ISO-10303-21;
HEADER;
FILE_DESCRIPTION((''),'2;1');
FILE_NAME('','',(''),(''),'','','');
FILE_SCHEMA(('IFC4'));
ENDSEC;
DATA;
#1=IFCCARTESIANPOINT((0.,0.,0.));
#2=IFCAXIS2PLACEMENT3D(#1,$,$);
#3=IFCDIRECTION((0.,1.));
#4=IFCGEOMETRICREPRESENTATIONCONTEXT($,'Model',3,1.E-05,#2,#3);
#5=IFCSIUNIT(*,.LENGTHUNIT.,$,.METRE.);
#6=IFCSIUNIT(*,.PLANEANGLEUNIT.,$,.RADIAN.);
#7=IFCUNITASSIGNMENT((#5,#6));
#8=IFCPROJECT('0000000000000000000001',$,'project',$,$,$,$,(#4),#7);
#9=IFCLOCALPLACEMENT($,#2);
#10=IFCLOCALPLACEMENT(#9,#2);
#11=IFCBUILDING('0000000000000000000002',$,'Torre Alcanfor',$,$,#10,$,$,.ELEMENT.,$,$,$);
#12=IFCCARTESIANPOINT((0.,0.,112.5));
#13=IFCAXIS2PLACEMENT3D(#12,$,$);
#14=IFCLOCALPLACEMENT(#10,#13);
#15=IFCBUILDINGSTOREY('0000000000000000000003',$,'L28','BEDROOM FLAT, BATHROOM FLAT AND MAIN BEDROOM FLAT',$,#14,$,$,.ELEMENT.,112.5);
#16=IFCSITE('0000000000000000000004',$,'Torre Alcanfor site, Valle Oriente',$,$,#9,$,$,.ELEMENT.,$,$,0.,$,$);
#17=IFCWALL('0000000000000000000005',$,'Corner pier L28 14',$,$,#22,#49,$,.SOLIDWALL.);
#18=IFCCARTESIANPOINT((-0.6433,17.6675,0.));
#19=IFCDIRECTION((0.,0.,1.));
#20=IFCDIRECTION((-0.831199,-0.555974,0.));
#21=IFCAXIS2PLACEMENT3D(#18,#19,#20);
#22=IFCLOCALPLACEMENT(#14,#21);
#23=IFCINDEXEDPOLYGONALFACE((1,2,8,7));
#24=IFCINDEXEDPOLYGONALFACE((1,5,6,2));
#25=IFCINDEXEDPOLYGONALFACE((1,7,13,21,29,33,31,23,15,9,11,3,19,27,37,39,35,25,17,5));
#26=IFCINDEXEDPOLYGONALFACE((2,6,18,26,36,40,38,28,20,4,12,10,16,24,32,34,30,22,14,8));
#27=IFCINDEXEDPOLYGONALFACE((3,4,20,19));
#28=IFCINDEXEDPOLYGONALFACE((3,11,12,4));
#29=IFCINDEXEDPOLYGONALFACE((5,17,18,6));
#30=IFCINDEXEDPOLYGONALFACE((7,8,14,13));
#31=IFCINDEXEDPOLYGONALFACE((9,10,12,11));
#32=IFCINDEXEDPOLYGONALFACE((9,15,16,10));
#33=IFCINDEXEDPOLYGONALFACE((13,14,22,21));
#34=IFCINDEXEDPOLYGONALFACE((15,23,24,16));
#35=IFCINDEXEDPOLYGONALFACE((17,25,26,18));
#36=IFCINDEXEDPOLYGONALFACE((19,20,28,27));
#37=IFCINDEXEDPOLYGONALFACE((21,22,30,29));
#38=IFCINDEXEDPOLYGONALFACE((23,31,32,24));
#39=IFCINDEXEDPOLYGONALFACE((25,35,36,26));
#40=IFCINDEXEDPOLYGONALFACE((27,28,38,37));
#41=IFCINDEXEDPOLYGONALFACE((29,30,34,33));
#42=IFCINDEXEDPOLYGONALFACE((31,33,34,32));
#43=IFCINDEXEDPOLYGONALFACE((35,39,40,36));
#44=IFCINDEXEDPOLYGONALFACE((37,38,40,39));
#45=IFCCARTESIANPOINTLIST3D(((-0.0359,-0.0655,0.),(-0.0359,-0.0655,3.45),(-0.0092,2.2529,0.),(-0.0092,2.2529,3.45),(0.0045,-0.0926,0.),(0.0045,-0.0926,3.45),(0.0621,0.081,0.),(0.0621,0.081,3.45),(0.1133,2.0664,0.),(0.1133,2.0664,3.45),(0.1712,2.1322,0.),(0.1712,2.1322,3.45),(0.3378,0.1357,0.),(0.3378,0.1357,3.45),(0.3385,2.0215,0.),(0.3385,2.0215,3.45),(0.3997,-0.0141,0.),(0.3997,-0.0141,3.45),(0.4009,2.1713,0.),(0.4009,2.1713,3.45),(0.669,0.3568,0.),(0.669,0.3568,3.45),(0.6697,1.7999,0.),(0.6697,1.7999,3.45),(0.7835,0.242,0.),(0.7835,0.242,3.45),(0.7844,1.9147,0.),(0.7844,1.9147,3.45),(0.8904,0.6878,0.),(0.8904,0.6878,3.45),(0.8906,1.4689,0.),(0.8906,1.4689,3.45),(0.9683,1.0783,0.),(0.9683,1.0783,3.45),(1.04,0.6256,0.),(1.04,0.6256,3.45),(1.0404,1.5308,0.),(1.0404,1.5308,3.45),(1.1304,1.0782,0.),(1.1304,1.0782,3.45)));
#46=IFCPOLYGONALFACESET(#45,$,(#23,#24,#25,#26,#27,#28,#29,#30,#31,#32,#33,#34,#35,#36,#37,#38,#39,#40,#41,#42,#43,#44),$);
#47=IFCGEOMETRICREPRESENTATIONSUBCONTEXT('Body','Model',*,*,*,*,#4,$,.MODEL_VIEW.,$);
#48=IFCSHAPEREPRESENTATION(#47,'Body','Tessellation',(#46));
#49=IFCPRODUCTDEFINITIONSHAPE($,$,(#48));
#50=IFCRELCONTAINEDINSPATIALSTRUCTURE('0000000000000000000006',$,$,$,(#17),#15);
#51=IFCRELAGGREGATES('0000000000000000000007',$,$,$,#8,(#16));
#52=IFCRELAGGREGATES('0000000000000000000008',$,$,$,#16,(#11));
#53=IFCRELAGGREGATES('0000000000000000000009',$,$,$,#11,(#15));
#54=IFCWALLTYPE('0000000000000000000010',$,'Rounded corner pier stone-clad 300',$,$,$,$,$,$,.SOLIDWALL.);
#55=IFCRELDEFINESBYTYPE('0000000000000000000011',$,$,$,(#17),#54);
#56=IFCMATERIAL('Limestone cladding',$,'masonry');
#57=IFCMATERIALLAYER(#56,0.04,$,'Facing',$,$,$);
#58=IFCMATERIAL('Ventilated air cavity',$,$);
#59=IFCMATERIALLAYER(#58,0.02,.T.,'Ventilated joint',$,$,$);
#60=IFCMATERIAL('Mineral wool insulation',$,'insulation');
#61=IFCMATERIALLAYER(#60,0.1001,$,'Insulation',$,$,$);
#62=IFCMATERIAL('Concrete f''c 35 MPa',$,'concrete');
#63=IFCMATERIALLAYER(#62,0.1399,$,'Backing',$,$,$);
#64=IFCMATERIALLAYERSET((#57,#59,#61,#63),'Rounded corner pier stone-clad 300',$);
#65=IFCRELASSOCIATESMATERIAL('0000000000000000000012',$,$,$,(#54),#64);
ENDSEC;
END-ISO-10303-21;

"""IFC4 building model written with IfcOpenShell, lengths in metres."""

from ifc_helpers import new_model, si_unit, direction, frame, origin, place, context, subcontext, project, spatial, polyline, outline, extrude, material, layer, layer_set, type_object, element, save


model = new_model("IFC4")

# Units and contexts
model_context = context("Model", 3, precision=1e-05, world=origin(), true_north=direction((0.0, 1.0)))
body_context = subcontext(model_context, "Body", "Model", "MODEL_VIEW")
ifc_project = project(units=[si_unit("LENGTHUNIT", "METRE"), si_unit("PLANEANGLEUNIT", "RADIAN")], contexts=[model_context])

# Site, building, storey
site_placement = place(None, origin())
site = spatial("IfcSite", under=ifc_project, at=site_placement, Name="Torre Alcanfor site, Valle Oriente", CompositionType="ELEMENT", RefElevation=0.0)
building_placement = place(site_placement, origin())
building = spatial("IfcBuilding", under=site, at=building_placement, Name="Torre Alcanfor", CompositionType="ELEMENT")
storey_placement = place(building_placement, frame((0.0, 0.0, 112.5)))
storey = spatial("IfcBuildingStorey", under=building, at=storey_placement, Name="L28", Description="BEDROOM FLAT, BATHROOM FLAT AND MAIN BEDROOM FLAT", CompositionType="ELEMENT", Elevation=112.5)

# Shared definitions
ifc_material_1 = material(Name="Limestone cladding", Category="masonry")
ifc_material_2 = material(Name="Ventilated air cavity")
ifc_material_3 = material(Name="Mineral wool insulation", Category="insulation")
ifc_material_4 = material(Name="Concrete f'c 35 MPa", Category="concrete")

# Wall
ifc_layer_1 = layer(ifc_material_1, 0.04, Name="Facing")
ifc_layer_2 = layer(ifc_material_2, 0.02, ventilated=True, Name="Ventilated joint")
ifc_layer_3 = layer(ifc_material_3, 0.1001, Name="Insulation")
ifc_layer_4 = layer(ifc_material_4, 0.1399, Name="Backing")
ifc_layer_set_1 = layer_set([ifc_layer_1, ifc_layer_2, ifc_layer_3, ifc_layer_4], Name="Rounded corner pier stone-clad 300")
wall_type_1 = type_object("IfcWallType", Name="Rounded corner pier stone-clad 300", PredefinedType="SOLIDWALL", material=ifc_layer_set_1)
wall_1_placement = place(storey_placement, frame((-0.6433, 17.6675, 0.0), z_axis=(0.0, 0.0, 1.0), x_axis=(-0.831199, -0.555974, 0.0)))
element("IfcWall", 1, at=wall_1_placement, inside=storey, type_object=wall_type_1, Name="Corner pier L28 14", PredefinedType="SOLIDWALL", context=body_context, shape_type="SweptSolid", body=[
    extrude(outline(polyline([(0.1712, 2.1322), (0.1133, 2.0664), (0.3385, 2.0215), (0.6697, 1.7999), (0.8906, 1.4689), (0.9683, 1.0783), (0.8904, 0.6878), (0.669, 0.3568), (0.3378, 0.1357), (0.0621, 0.081), (-0.0359, -0.0655), (0.0045, -0.0926), (0.3997, -0.0141), (0.7835, 0.242), (1.04, 0.6256), (1.1304, 1.0782), (1.0404, 1.5308), (0.7844, 1.9147), (0.4009, 2.1713), (-0.0092, 2.2529), (0.1712, 2.1322)])), origin(), (0.0, 0.0, 1.0), 3.45),
])

save(model, "model.ifc")
